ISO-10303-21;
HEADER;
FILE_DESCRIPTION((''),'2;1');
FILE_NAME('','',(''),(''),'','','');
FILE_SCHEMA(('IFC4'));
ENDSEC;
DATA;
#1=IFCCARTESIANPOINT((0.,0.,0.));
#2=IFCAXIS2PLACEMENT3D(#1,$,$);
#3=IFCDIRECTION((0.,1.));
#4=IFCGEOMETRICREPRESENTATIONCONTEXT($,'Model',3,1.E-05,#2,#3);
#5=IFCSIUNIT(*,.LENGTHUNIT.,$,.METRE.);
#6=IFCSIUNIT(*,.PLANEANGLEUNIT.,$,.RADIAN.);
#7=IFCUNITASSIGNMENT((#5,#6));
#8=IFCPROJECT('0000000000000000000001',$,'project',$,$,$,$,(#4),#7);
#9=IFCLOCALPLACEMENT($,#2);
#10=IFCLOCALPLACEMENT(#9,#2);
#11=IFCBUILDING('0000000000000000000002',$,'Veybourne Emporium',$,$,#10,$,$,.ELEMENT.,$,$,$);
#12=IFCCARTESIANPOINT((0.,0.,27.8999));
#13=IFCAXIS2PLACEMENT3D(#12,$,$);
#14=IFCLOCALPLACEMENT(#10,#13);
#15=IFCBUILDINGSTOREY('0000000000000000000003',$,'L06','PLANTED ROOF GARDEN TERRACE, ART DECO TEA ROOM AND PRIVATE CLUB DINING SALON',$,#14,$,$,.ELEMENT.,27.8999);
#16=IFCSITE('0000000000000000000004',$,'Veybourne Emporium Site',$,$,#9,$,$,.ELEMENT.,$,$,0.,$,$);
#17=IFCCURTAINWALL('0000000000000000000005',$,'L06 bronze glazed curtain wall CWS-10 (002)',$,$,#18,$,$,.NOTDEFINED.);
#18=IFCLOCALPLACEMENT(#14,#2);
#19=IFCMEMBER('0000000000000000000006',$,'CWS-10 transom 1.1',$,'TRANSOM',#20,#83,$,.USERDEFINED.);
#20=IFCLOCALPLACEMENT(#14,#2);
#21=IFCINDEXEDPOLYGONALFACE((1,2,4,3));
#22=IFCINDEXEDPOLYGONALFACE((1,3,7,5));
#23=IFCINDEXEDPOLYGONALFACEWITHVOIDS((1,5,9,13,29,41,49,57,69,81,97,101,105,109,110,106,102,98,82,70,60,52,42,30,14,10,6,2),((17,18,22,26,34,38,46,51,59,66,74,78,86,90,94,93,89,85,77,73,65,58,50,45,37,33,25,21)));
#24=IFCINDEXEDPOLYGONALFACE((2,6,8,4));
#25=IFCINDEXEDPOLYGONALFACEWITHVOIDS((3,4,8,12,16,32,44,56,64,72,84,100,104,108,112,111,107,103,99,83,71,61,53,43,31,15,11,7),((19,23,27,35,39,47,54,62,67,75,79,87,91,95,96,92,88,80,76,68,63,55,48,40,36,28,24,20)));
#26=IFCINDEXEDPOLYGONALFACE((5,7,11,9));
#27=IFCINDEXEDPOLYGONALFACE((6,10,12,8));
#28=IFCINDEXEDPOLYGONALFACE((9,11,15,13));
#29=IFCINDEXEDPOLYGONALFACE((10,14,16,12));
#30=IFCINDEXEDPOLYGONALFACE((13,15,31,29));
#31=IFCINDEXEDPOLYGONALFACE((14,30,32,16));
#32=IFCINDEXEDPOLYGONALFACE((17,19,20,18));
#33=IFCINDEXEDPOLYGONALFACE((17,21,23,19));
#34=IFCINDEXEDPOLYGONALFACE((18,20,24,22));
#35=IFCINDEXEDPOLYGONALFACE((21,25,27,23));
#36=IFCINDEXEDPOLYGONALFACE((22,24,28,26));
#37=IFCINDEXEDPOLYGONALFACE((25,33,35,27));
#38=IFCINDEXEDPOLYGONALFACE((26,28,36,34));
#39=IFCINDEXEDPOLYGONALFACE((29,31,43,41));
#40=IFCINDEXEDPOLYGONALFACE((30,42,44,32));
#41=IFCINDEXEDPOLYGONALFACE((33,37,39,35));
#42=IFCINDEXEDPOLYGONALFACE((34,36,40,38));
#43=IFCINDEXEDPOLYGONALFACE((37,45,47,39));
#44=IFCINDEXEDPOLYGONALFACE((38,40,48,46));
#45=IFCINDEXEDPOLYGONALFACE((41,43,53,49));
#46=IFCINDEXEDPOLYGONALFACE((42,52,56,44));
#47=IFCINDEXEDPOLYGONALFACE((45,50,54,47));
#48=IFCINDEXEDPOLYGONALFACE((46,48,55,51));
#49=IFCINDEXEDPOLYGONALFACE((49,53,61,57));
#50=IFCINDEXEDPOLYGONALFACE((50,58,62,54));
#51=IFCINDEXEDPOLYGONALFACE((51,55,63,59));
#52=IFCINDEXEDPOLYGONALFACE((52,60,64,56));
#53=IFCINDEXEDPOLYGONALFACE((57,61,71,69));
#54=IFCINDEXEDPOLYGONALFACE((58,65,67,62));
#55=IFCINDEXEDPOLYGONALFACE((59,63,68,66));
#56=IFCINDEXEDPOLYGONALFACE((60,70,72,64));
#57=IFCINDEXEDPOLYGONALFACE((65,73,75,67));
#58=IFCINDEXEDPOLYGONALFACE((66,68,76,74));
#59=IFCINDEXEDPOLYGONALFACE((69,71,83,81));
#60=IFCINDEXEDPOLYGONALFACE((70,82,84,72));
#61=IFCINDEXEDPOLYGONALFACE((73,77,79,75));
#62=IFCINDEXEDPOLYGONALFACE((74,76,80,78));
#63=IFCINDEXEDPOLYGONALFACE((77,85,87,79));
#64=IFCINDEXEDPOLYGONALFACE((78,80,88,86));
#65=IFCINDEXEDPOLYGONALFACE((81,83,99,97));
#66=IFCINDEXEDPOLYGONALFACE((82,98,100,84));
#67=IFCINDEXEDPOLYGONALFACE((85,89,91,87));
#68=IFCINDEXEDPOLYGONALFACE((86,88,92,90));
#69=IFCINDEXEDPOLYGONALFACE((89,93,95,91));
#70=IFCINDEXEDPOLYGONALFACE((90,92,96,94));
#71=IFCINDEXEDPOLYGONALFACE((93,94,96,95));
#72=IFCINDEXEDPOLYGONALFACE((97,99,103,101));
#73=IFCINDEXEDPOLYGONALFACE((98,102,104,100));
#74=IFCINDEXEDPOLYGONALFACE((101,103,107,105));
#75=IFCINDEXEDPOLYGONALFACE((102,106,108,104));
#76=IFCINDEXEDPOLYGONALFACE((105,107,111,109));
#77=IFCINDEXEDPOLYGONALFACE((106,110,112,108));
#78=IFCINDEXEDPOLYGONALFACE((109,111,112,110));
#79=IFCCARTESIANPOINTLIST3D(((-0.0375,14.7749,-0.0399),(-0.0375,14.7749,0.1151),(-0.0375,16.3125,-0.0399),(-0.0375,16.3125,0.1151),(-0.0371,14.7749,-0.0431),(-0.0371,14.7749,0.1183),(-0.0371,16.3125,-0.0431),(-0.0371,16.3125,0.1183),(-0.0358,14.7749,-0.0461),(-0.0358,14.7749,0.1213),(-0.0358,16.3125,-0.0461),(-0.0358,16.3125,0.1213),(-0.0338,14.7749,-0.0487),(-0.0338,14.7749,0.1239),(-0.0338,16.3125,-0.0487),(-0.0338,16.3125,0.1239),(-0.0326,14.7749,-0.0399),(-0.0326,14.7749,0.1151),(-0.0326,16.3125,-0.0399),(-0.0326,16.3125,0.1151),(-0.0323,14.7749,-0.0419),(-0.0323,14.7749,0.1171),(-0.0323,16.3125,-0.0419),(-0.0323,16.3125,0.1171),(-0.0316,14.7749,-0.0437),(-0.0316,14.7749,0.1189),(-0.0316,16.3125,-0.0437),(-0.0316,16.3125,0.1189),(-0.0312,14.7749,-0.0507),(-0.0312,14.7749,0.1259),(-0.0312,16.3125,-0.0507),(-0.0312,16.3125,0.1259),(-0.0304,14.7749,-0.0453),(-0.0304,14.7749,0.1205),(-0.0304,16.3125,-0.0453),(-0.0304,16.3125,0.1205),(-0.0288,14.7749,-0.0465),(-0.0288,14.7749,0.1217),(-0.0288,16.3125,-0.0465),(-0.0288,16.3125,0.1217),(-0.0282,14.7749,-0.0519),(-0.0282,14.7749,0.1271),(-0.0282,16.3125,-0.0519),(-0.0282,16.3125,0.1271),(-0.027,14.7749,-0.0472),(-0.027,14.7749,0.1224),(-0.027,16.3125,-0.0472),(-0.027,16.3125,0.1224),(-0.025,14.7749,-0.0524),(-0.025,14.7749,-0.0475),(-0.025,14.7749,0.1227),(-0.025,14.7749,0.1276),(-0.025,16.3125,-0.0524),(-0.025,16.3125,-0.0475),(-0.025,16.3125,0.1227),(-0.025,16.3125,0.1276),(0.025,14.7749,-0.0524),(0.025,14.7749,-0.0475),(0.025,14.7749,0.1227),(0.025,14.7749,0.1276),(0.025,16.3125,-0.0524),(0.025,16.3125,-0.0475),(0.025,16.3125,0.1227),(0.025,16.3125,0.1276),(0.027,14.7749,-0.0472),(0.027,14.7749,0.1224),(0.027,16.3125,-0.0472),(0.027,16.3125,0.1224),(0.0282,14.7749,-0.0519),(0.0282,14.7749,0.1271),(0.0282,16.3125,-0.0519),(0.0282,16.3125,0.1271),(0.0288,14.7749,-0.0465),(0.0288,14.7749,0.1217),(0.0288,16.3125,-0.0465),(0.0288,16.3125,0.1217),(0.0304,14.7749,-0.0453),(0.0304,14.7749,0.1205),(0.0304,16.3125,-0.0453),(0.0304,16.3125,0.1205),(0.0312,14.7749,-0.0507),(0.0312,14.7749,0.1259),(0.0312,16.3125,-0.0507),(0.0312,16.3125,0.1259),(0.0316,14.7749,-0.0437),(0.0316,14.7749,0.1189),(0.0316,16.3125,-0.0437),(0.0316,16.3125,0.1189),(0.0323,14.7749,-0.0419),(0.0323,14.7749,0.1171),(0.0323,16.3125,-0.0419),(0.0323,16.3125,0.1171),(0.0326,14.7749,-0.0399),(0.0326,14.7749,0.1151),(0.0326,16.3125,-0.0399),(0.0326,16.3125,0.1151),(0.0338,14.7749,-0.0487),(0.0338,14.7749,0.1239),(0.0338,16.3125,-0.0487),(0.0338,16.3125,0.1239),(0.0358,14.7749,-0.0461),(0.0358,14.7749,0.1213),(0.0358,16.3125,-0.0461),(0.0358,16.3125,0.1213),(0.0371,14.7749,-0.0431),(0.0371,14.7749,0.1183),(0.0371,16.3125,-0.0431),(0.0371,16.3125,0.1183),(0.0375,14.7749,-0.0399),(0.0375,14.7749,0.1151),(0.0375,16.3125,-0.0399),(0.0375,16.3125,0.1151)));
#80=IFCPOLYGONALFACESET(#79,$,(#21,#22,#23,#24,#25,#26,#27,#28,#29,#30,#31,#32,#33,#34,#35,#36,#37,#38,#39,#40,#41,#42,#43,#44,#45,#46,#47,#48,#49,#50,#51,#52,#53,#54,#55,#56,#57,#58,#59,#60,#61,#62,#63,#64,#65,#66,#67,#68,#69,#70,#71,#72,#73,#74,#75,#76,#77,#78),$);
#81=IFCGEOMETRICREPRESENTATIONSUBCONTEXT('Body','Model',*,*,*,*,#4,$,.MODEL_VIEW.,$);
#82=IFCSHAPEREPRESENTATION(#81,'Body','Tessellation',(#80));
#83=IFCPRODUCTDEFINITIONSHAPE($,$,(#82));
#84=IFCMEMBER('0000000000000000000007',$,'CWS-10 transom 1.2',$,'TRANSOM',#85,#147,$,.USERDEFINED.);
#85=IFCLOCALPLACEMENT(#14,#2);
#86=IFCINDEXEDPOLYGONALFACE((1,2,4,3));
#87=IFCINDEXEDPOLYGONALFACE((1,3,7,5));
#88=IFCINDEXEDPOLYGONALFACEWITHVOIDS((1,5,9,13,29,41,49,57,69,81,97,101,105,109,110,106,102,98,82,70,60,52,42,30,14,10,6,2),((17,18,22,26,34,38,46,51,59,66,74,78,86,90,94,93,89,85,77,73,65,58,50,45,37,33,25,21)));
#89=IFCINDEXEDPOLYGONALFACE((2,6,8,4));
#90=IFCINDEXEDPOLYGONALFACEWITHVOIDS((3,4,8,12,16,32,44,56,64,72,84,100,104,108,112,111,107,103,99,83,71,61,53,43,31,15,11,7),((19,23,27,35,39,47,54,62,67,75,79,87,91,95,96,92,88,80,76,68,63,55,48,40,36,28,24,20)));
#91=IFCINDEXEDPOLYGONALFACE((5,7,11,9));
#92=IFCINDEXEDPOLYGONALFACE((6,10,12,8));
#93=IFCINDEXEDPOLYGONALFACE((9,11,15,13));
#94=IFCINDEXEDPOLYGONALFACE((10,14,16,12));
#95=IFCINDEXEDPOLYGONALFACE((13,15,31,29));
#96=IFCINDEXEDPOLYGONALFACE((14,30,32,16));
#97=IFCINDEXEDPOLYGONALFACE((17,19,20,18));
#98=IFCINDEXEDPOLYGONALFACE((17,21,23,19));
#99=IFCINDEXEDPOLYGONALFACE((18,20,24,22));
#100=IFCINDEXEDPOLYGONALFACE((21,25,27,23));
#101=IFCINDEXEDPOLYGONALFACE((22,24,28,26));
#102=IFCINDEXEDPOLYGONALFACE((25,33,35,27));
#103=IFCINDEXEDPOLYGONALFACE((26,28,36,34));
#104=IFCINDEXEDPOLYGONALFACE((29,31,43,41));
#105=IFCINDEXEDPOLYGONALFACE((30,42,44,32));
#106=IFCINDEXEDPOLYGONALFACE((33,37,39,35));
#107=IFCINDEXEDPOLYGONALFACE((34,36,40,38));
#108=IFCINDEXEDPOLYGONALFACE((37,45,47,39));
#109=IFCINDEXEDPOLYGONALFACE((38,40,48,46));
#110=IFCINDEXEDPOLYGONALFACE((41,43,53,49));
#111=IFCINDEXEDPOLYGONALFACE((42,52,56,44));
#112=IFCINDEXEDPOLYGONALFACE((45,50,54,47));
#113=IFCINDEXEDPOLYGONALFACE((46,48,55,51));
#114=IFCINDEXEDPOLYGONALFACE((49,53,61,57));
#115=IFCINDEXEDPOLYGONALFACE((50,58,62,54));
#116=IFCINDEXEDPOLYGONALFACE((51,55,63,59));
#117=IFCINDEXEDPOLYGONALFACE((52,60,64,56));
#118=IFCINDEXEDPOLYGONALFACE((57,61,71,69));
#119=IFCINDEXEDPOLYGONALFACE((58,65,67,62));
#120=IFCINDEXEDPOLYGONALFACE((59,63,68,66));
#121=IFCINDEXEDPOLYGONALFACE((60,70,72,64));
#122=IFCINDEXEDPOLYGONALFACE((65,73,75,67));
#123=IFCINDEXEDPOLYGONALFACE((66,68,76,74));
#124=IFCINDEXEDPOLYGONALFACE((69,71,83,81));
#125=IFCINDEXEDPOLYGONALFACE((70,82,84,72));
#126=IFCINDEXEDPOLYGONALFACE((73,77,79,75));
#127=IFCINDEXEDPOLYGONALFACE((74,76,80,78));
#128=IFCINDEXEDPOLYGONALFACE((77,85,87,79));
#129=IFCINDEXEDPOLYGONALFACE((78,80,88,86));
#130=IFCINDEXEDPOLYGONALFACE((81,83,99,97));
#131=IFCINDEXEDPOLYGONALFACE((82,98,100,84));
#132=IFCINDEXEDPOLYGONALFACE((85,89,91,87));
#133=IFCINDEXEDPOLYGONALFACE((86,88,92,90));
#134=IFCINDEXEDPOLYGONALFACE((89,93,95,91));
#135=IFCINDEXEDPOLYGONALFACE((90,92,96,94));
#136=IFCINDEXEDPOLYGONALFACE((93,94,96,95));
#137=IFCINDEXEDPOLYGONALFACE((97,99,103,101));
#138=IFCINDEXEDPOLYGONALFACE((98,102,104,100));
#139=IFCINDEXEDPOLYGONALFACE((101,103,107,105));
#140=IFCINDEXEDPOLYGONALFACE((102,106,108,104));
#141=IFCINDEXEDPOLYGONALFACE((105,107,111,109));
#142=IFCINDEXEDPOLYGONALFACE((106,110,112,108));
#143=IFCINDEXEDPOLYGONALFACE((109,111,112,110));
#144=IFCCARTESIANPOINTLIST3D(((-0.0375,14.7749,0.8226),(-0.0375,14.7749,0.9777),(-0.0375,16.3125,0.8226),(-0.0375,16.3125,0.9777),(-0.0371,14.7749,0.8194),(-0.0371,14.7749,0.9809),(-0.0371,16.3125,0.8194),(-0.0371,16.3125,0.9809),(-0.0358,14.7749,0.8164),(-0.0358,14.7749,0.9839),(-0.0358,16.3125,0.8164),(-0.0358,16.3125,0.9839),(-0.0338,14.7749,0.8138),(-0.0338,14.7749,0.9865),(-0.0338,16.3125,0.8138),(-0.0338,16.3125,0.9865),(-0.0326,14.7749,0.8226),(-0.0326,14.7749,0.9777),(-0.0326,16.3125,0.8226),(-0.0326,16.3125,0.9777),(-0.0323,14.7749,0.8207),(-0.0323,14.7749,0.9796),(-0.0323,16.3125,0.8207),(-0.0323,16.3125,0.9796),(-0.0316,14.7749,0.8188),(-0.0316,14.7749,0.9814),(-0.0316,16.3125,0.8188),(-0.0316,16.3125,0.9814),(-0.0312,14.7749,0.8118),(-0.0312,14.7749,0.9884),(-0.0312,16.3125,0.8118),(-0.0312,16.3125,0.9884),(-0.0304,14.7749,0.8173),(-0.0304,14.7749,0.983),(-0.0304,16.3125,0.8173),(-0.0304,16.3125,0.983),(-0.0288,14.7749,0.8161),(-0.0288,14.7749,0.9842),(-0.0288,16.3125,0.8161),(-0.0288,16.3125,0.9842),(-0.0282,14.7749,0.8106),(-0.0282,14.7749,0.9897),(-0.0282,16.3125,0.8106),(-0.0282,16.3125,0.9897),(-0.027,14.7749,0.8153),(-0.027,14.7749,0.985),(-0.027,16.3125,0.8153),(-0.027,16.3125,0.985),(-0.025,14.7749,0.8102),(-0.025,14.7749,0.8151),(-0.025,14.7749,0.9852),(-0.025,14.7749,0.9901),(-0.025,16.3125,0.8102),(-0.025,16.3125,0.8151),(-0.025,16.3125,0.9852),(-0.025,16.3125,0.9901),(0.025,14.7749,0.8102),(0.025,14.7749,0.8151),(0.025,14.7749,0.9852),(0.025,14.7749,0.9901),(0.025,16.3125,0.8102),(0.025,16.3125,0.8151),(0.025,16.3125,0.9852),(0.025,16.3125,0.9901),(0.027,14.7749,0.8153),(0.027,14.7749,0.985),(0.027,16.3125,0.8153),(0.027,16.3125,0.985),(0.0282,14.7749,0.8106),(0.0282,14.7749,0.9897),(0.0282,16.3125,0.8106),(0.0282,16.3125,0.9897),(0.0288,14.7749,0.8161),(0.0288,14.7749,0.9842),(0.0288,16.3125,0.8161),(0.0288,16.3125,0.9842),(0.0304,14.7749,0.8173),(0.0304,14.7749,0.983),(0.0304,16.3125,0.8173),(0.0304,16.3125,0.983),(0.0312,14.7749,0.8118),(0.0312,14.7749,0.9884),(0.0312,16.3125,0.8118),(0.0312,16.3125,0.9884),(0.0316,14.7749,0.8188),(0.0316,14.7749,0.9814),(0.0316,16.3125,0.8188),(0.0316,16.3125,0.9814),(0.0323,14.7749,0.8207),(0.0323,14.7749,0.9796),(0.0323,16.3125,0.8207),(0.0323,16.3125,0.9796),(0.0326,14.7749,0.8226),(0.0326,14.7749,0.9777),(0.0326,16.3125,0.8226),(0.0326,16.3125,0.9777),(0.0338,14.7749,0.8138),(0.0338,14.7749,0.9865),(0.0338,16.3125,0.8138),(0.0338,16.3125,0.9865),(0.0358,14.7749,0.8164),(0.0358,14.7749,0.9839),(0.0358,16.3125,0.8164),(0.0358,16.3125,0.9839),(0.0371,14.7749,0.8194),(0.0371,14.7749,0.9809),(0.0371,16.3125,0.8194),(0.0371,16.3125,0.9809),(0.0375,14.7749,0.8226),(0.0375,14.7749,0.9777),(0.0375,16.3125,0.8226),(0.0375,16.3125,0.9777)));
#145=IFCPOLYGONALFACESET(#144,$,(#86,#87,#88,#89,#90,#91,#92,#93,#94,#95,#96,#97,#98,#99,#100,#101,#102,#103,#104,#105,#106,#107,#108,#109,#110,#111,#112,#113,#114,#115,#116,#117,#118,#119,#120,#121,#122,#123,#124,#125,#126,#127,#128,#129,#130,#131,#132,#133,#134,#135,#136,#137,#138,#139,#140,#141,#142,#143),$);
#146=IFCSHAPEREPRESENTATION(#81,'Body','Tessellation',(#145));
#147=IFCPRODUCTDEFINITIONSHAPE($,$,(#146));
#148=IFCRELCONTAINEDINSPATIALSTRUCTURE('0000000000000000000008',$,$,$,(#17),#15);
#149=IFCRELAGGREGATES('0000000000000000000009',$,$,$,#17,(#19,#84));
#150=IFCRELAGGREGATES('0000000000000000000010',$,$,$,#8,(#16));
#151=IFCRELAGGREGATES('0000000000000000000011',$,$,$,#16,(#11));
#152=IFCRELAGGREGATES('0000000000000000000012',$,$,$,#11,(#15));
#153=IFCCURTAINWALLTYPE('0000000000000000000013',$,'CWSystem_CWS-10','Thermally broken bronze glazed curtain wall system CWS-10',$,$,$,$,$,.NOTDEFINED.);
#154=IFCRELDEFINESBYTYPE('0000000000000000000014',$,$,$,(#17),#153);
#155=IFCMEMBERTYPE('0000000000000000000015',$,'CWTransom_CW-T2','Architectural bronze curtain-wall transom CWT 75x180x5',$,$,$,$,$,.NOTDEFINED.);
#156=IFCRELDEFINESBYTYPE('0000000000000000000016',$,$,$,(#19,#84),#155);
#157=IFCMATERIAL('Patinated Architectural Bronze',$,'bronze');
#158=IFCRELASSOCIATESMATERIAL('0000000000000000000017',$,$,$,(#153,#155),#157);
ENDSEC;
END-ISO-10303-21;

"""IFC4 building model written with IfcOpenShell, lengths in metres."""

from ifc_helpers import new_model, si_unit, direction, frame, origin, origin_2d, place, context, subcontext, project, spatial, hollow_rectangle, extrude, material, material_profile, profile_set, type_object, element, aggregate, save


model = new_model("IFC4")

# Units and contexts
model_context = context("Model", 3, precision=1e-05, world=origin(), true_north=direction((0.0, 1.0)))
body_context = subcontext(model_context, "Body", "Model", "MODEL_VIEW")
ifc_project = project(units=[si_unit("LENGTHUNIT", "METRE"), si_unit("PLANEANGLEUNIT", "RADIAN")], contexts=[model_context])

# Site, building, storey
site_placement = place(None, origin())
site = spatial("IfcSite", under=ifc_project, at=site_placement, Name="Veybourne Emporium Site", CompositionType="ELEMENT", RefElevation=0.0)
building_placement = place(site_placement, origin())
building = spatial("IfcBuilding", under=site, at=building_placement, Name="Veybourne Emporium", CompositionType="ELEMENT")
storey_placement = place(building_placement, frame((0.0, 0.0, 27.8999)))
storey = spatial("IfcBuildingStorey", under=building, at=storey_placement, Name="L06", Description="PLANTED ROOF GARDEN TERRACE, ART DECO TEA ROOM AND PRIVATE CLUB DINING SALON", CompositionType="ELEMENT", Elevation=27.8999)

# Curtain wall, members
ifc_material_1 = material(Name="Patinated Architectural Bronze", Category="bronze")
curtain_wall_type = type_object("IfcCurtainWallType", Name="CWSystem_CWS-10", Description="Thermally broken bronze glazed curtain wall system CWS-10", PredefinedType="NOTDEFINED", material=ifc_material_1)
curtain_wall_placement = place(storey_placement, origin())
curtain_wall = element("IfcCurtainWall", 1, at=curtain_wall_placement, inside=storey, type_object=curtain_wall_type, Name="L06 bronze glazed curtain wall CWS-10 (002)", PredefinedType="NOTDEFINED")
ifc_material_profile_1 = material_profile(ifc_material_1, hollow_rectangle(XDim=0.075, YDim=0.1799, WallThickness=0.0049, InnerFilletRadius=0.0076, OuterFilletRadius=0.0125, at=origin_2d()), Name="CWT 75x180x5")
ifc_profile_set_1 = profile_set([ifc_material_profile_1], Name="Patinated Architectural Bronze")
member_type_1 = type_object("IfcMemberType", Name="CWTransom_CW-T2", Description="Architectural bronze curtain-wall transom CWT 75x180x5", PredefinedType="NOTDEFINED", material=ifc_profile_set_1)
member_1_placement = place(storey_placement, frame((0.0, 14.7749, 0.0376), z_axis=(0.0, 1.0, 0.0), x_axis=(-1.0, 0.0, 0.0)))
member_1 = element("IfcMember", 2, at=member_1_placement, type_object=member_type_1, Name="CWS-10 transom 1.1", ObjectType="TRANSOM", PredefinedType="USERDEFINED", context=body_context, shape_type="SweptSolid", body=[
    extrude(hollow_rectangle(XDim=0.075, YDim=0.1799, WallThickness=0.0049, InnerFilletRadius=0.0076, OuterFilletRadius=0.0125, at=origin_2d()), origin(), (0.0, 0.0, 1.0), 1.5376),
])
member_2_placement = place(storey_placement, frame((0.0, 14.7749, 0.9001), z_axis=(0.0, 1.0, 0.0), x_axis=(-1.0, 0.0, 0.0)))
member_2 = element("IfcMember", 3, at=member_2_placement, type_object=member_type_1, Name="CWS-10 transom 1.2", ObjectType="TRANSOM", PredefinedType="USERDEFINED", context=body_context, shape_type="SweptSolid", body=[
    extrude(hollow_rectangle(XDim=0.075, YDim=0.1799, WallThickness=0.0049, InnerFilletRadius=0.0076, OuterFilletRadius=0.0125, at=origin_2d()), origin(), (0.0, 0.0, 1.0), 1.5376),
])

aggregate(curtain_wall, [member_1, member_2])

save(model, "model.ifc")
